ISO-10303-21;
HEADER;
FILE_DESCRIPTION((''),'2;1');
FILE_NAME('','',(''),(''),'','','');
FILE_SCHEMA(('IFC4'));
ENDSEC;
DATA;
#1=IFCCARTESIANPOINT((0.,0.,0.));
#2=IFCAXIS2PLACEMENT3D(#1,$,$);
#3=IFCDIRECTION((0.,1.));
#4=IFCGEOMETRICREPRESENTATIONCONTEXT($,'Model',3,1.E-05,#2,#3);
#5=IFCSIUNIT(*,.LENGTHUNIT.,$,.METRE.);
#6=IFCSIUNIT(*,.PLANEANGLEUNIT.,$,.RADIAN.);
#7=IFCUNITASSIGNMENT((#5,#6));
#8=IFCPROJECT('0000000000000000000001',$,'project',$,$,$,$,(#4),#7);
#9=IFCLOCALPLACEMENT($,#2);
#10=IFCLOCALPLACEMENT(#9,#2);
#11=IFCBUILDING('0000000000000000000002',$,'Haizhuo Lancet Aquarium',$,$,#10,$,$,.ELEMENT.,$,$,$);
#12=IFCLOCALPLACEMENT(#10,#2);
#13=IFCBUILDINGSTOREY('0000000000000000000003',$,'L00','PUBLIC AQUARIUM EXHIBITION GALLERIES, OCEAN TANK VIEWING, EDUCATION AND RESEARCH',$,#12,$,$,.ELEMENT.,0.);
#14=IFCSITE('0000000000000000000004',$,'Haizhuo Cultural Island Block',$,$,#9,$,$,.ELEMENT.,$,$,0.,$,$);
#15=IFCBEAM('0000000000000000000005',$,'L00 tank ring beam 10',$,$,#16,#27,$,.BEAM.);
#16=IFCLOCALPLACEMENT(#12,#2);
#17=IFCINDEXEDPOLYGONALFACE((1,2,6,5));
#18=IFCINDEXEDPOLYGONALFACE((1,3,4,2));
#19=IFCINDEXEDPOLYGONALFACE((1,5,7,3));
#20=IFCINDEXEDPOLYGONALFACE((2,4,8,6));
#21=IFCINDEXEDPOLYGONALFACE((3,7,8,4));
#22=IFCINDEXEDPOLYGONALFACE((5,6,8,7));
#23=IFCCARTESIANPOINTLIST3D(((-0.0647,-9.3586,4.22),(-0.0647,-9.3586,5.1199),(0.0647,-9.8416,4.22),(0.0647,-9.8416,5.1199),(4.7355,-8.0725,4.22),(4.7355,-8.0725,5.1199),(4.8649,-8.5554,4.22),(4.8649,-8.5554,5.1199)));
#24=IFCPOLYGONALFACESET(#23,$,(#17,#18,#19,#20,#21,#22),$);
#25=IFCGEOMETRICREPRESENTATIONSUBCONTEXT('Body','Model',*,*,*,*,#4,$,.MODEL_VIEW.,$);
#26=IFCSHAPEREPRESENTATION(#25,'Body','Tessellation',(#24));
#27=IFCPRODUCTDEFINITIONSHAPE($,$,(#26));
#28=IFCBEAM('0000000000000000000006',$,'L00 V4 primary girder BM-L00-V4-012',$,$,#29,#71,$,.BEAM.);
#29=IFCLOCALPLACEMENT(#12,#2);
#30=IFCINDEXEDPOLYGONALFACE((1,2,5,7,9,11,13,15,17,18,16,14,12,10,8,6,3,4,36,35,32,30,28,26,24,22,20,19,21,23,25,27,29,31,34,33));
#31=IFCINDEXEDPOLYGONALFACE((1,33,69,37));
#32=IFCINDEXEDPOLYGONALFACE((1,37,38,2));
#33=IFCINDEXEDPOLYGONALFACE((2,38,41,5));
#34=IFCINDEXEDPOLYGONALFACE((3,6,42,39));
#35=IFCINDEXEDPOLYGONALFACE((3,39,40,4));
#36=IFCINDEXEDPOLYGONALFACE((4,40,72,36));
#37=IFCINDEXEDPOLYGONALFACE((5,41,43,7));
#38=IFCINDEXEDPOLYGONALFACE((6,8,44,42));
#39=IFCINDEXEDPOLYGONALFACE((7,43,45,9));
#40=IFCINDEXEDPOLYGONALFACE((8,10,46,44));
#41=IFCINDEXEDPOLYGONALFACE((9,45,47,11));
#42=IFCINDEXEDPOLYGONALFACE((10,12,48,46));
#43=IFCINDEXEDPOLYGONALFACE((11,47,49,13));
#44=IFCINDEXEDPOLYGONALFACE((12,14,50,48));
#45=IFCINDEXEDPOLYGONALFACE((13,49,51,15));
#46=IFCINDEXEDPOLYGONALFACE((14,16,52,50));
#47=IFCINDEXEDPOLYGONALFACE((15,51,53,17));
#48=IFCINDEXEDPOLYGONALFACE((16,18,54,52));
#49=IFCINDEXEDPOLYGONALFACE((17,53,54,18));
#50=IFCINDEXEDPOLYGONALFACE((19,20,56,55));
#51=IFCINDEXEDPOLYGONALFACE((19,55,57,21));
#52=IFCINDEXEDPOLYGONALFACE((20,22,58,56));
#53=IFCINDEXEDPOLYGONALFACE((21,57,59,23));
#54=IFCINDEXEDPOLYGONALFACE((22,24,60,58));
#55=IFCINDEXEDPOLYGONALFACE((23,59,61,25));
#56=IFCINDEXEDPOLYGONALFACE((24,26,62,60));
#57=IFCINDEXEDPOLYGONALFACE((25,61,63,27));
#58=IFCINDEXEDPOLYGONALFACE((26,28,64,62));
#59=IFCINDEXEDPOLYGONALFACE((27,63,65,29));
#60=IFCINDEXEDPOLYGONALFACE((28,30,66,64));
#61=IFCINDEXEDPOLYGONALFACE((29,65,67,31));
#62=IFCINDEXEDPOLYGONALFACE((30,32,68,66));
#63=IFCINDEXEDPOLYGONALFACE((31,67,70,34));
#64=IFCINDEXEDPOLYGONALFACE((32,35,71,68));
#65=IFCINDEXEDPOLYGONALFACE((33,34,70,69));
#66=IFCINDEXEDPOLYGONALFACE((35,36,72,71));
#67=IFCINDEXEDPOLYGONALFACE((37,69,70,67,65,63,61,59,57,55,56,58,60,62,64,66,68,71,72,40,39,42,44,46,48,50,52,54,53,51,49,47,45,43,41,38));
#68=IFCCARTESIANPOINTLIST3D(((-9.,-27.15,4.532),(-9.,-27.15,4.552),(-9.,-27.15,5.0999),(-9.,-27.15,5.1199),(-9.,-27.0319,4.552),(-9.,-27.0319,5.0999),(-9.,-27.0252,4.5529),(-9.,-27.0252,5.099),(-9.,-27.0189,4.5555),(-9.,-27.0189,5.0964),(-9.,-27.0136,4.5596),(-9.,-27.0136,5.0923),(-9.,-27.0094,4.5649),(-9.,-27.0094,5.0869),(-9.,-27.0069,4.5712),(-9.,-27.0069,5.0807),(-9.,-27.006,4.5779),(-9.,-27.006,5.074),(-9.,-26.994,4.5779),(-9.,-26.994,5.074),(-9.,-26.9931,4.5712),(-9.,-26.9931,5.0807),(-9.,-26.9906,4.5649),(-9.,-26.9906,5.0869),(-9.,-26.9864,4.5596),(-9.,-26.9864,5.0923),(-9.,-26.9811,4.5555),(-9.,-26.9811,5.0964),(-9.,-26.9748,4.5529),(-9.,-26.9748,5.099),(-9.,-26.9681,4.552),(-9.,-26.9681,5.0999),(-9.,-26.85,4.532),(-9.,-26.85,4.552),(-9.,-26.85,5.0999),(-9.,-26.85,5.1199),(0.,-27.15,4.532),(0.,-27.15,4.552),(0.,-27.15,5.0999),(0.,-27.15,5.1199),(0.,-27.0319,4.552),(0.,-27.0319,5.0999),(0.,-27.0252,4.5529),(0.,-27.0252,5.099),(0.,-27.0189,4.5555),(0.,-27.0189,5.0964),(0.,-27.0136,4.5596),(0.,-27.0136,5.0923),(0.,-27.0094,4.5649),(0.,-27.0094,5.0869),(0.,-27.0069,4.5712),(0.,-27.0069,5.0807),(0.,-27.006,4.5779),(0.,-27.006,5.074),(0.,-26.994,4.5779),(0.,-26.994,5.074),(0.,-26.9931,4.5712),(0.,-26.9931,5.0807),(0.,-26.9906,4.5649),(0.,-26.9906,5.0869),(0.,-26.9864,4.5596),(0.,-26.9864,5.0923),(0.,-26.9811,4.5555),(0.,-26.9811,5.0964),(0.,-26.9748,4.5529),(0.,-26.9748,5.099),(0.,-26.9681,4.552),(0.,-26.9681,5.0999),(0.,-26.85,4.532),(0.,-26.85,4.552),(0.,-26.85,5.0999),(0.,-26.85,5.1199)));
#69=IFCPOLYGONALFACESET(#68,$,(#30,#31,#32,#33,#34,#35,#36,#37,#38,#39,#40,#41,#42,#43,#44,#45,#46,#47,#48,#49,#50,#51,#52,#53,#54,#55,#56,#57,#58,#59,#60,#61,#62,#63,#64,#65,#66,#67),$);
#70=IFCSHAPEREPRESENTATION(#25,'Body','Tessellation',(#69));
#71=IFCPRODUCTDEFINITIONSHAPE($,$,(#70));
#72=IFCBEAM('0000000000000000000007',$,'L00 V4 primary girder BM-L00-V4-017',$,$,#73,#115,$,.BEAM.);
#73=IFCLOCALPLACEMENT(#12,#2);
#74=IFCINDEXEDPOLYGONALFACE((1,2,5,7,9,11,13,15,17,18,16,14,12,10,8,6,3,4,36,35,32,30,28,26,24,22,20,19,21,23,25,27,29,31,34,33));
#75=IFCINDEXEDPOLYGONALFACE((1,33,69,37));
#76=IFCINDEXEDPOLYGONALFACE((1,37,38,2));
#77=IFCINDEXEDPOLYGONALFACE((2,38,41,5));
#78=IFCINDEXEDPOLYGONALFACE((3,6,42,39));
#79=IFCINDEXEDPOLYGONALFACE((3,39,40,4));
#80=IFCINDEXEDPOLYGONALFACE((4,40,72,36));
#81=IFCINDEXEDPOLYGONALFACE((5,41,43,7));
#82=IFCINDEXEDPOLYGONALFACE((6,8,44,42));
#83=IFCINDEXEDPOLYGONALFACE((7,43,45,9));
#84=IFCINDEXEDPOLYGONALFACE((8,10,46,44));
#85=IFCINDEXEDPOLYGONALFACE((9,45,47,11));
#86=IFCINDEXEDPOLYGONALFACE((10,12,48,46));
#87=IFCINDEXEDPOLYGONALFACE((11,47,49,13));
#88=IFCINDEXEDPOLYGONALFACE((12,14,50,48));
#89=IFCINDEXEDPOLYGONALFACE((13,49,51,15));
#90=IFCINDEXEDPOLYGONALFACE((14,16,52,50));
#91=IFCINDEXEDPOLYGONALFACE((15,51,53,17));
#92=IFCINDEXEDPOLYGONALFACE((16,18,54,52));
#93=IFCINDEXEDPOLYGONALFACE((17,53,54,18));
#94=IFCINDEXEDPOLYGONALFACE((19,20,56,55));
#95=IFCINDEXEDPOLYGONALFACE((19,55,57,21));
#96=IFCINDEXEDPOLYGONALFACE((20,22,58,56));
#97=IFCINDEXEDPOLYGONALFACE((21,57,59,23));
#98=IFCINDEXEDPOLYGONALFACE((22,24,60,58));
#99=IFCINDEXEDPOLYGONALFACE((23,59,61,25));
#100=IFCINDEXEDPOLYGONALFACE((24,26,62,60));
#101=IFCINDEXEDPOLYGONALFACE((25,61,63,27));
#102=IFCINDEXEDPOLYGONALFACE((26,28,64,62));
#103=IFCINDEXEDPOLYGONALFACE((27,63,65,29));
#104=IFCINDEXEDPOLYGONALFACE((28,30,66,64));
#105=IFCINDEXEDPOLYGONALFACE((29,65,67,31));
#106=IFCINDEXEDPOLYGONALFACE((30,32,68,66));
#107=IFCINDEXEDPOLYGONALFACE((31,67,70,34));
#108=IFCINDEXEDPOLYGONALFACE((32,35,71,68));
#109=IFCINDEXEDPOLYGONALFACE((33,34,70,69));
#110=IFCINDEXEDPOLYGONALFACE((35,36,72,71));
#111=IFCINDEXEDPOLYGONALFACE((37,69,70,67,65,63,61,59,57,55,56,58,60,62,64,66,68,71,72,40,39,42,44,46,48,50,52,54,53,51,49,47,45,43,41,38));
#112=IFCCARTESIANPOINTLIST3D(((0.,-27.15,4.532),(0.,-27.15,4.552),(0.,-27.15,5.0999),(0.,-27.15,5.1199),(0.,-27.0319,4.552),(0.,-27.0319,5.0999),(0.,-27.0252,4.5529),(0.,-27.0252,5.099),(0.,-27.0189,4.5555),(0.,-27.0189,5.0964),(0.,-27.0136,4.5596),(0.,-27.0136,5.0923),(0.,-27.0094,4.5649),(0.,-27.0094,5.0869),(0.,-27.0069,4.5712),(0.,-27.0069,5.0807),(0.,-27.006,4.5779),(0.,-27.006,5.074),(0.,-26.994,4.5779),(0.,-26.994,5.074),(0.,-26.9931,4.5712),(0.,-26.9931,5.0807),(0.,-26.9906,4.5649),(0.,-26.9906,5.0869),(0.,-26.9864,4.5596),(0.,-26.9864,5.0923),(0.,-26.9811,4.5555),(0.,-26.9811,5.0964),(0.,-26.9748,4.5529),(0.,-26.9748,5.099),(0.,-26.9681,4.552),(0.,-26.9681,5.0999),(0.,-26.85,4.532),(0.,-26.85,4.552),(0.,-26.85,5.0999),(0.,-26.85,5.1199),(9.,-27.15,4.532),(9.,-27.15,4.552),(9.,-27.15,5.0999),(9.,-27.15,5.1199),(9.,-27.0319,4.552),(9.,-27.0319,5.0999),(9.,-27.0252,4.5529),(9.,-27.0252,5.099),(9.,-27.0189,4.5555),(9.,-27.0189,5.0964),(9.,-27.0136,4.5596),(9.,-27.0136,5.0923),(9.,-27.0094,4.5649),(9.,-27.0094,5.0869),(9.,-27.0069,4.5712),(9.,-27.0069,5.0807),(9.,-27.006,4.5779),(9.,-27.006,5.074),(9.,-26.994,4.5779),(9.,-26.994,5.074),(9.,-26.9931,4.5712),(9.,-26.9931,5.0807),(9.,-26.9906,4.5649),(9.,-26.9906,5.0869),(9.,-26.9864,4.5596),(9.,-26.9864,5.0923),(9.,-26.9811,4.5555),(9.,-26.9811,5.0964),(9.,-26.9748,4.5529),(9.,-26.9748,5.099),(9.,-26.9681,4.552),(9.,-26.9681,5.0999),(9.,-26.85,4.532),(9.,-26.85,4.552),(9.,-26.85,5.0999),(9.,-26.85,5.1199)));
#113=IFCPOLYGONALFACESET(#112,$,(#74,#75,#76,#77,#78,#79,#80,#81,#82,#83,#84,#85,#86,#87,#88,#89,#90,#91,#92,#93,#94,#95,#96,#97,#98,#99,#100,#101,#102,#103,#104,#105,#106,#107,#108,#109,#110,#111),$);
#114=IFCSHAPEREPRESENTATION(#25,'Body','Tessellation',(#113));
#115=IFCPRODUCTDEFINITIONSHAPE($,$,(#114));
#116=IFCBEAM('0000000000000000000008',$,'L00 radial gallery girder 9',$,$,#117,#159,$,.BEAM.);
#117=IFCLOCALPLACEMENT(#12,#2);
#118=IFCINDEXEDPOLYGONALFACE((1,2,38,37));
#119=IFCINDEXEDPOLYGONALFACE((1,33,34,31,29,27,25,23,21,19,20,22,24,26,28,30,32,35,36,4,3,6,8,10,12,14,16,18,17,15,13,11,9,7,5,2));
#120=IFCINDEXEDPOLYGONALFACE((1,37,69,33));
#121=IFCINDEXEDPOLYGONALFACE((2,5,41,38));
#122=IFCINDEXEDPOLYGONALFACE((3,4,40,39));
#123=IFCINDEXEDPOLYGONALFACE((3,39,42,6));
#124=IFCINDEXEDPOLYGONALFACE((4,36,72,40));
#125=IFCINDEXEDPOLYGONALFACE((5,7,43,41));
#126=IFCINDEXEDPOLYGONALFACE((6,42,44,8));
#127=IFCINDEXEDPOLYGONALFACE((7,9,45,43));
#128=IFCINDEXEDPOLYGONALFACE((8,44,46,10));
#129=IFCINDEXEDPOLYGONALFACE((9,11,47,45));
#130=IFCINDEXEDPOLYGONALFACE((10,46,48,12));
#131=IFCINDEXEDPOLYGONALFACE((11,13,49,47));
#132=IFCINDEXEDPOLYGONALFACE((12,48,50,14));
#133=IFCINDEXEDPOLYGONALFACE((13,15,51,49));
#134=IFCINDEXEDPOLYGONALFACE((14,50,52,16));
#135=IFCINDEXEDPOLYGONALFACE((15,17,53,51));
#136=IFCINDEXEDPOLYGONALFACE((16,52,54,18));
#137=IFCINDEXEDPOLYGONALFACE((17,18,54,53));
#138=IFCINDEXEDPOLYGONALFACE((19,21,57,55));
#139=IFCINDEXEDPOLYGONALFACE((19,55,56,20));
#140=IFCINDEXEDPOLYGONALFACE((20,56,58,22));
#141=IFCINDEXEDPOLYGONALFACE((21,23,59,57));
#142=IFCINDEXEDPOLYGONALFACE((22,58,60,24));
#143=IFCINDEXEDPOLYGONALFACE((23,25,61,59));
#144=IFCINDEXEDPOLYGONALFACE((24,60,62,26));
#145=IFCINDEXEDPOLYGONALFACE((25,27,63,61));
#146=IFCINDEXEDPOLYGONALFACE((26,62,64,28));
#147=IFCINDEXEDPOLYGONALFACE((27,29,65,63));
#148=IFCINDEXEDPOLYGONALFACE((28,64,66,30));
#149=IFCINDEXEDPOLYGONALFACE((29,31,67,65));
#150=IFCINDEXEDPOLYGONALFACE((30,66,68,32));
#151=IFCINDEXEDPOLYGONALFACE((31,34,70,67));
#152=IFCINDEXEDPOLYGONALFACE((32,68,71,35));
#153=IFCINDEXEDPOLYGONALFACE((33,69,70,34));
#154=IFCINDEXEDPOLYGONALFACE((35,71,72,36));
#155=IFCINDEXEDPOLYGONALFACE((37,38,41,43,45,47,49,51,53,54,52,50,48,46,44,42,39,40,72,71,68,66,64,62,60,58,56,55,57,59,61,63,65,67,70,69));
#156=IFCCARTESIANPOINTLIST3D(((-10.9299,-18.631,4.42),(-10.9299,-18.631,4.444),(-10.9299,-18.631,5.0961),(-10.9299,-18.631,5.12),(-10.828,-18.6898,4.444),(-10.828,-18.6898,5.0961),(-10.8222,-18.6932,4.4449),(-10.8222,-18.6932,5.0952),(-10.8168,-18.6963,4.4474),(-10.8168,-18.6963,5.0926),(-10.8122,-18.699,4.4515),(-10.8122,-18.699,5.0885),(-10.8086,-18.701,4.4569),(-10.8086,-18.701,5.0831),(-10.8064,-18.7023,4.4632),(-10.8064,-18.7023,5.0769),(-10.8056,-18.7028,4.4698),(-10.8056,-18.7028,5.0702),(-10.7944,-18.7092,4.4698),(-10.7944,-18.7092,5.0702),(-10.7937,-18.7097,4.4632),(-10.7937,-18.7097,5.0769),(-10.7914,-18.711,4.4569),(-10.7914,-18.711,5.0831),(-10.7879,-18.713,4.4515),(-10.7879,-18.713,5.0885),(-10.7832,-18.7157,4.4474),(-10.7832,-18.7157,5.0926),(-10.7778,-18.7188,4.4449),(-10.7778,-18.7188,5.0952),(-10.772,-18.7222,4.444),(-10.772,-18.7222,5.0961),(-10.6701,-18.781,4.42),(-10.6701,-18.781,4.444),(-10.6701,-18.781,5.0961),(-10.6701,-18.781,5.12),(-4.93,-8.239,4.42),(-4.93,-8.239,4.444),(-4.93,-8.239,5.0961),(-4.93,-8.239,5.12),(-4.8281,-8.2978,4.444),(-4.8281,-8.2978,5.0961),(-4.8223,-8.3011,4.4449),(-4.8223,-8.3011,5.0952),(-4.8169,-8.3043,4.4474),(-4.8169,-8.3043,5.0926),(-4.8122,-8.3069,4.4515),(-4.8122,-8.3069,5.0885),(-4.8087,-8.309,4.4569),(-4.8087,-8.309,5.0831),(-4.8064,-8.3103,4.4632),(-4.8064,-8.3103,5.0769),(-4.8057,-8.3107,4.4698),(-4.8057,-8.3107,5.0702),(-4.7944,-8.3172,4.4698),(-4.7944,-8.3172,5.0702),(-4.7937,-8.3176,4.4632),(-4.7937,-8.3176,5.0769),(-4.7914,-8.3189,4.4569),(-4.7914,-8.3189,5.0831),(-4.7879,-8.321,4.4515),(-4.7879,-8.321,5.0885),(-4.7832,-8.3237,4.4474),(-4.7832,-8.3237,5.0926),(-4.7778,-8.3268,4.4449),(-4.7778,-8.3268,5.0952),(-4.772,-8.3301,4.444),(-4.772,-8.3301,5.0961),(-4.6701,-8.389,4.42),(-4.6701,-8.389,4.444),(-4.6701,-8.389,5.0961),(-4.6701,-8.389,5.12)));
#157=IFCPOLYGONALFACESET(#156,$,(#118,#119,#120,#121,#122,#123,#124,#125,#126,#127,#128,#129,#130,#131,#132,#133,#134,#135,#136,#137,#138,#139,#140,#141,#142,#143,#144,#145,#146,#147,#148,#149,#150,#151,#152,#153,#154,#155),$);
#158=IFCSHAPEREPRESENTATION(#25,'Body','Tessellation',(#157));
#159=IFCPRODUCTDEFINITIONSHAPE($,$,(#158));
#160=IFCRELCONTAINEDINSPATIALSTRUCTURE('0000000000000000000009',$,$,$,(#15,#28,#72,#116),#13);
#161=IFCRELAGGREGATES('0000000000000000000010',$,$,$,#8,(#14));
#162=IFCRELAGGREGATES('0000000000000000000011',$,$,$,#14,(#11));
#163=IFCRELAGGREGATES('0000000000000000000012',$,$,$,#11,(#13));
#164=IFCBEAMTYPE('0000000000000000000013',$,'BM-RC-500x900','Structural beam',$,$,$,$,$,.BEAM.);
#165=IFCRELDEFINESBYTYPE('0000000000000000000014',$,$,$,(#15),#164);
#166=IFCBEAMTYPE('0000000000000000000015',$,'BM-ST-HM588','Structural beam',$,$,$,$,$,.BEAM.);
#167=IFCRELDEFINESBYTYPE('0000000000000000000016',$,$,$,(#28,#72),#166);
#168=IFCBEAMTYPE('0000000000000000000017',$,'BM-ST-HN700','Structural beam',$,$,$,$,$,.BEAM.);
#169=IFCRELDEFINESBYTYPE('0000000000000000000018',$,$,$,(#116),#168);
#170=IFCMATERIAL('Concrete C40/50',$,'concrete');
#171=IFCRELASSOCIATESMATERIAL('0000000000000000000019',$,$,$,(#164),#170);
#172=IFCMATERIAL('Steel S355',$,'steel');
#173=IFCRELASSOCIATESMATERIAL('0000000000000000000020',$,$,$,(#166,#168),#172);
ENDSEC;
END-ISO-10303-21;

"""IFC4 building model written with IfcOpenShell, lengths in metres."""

from ifc_helpers import new_model, si_unit, direction, frame, origin, origin_2d, place, context, subcontext, project, spatial, rectangle, i_section, extrude, material, material_profile, profile_set, type_object, element, save


model = new_model("IFC4")

# Units and contexts
model_context = context("Model", 3, precision=1e-05, world=origin(), true_north=direction((0.0, 1.0)))
body_context = subcontext(model_context, "Body", "Model", "MODEL_VIEW")
ifc_project = project(units=[si_unit("LENGTHUNIT", "METRE"), si_unit("PLANEANGLEUNIT", "RADIAN")], contexts=[model_context])

# Site, building, storey
site_placement = place(None, origin())
site = spatial("IfcSite", under=ifc_project, at=site_placement, Name="Haizhuo Cultural Island Block", CompositionType="ELEMENT", RefElevation=0.0)
building_placement = place(site_placement, origin())
building = spatial("IfcBuilding", under=site, at=building_placement, Name="Haizhuo Lancet Aquarium", CompositionType="ELEMENT")
storey_placement = place(building_placement, origin())
storey = spatial("IfcBuildingStorey", under=building, at=storey_placement, Name="L00", Description="PUBLIC AQUARIUM EXHIBITION GALLERIES, OCEAN TANK VIEWING, EDUCATION AND RESEARCH", CompositionType="ELEMENT", Elevation=0.0)

# Shared definitions
ifc_material_1 = material(Name="Steel S355", Category="steel")

# Beams
ifc_material_2 = material(Name="Concrete C40/50", Category="concrete")
ifc_material_profile_1 = material_profile(ifc_material_2, rectangle(XDim=0.5, YDim=0.8999, at=origin_2d()), Name="RC-BM 500x900")
ifc_profile_set_1 = profile_set([ifc_material_profile_1], Name="Concrete C40/50")
beam_type_1 = type_object("IfcBeamType", Name="BM-RC-500x900", Description="Structural beam", PredefinedType="BEAM", material=ifc_profile_set_1)
for number, where, z_axis, x_axis, name in (
    (1, (0.0, -9.6001, 4.6699), (0.965928, 0.258812, 0.0), (-0.258812, 0.965928, 0.0), "L00 tank ring beam 10"),
):
    element("IfcBeam", number, at=place(storey_placement, frame(where, z_axis=z_axis, x_axis=x_axis)), inside=storey, type_object=beam_type_1, Name=name, PredefinedType="BEAM", context=body_context, shape_type="SweptSolid", body=[
        extrude(rectangle(XDim=0.5, YDim=0.8999, at=origin_2d()), origin(), (0.0, 0.0, 1.0), 4.9695),
    ])
ifc_material_profile_2 = material_profile(ifc_material_1, i_section(OverallWidth=0.3, OverallDepth=0.5879, WebThickness=0.012, FlangeThickness=0.02, FilletRadius=0.0259, at=origin_2d()), Name="HM 588x300x12x20")
ifc_profile_set_2 = profile_set([ifc_material_profile_2], Name="Steel S355")
beam_type_2 = type_object("IfcBeamType", Name="BM-ST-HM588", Description="Structural beam", PredefinedType="BEAM", material=ifc_profile_set_2)
for number, where, z_axis, x_axis, name in (
    (2, (-9.0, -27.0, 4.8259), (1.0, 0.0, 0.0), (0.0, 1.0, 0.0), "L00 V4 primary girder BM-L00-V4-012"),
    (3, (0.0, -27.0, 4.8259), (1.0, 0.0, 0.0), (0.0, 1.0, 0.0), "L00 V4 primary girder BM-L00-V4-017"),
):
    element("IfcBeam", number, at=place(storey_placement, frame(where, z_axis=z_axis, x_axis=x_axis)), inside=storey, type_object=beam_type_2, Name=name, PredefinedType="BEAM", context=body_context, shape_type="SweptSolid", body=[
        extrude(i_section(OverallWidth=0.3, OverallDepth=0.5879, WebThickness=0.012, FlangeThickness=0.02, FilletRadius=0.0259, at=origin_2d()), origin(), (0.0, 0.0, 1.0), 9.0),
    ])
ifc_material_profile_3 = material_profile(ifc_material_1, i_section(OverallWidth=0.3, OverallDepth=0.7, WebThickness=0.0129, FlangeThickness=0.0239, FilletRadius=0.0259, at=origin_2d()), Name="HN 700x300x13x24")
ifc_profile_set_3 = profile_set([ifc_material_profile_3], Name="Steel S355")
beam_type_3 = type_object("IfcBeamType", Name="BM-ST-HN700", Description="Structural beam", PredefinedType="BEAM", material=ifc_profile_set_3)
beam_1_placement = place(storey_placement, frame((-4.8, -8.314, 4.77), z_axis=(-0.500008, -0.866021, 0.0), x_axis=(0.866021, -0.500008, 0.0)))
element("IfcBeam", 4, at=beam_1_placement, inside=storey, type_object=beam_type_3, Name="L00 radial gallery girder 9", PredefinedType="BEAM", context=body_context, shape_type="SweptSolid", body=[
    extrude(i_section(OverallWidth=0.3, OverallDepth=0.7, WebThickness=0.0129, FlangeThickness=0.0239, FilletRadius=0.0259, at=origin_2d()), origin(), (0.0, 0.0, 1.0), 11.9998),
])

save(model, "model.ifc")
